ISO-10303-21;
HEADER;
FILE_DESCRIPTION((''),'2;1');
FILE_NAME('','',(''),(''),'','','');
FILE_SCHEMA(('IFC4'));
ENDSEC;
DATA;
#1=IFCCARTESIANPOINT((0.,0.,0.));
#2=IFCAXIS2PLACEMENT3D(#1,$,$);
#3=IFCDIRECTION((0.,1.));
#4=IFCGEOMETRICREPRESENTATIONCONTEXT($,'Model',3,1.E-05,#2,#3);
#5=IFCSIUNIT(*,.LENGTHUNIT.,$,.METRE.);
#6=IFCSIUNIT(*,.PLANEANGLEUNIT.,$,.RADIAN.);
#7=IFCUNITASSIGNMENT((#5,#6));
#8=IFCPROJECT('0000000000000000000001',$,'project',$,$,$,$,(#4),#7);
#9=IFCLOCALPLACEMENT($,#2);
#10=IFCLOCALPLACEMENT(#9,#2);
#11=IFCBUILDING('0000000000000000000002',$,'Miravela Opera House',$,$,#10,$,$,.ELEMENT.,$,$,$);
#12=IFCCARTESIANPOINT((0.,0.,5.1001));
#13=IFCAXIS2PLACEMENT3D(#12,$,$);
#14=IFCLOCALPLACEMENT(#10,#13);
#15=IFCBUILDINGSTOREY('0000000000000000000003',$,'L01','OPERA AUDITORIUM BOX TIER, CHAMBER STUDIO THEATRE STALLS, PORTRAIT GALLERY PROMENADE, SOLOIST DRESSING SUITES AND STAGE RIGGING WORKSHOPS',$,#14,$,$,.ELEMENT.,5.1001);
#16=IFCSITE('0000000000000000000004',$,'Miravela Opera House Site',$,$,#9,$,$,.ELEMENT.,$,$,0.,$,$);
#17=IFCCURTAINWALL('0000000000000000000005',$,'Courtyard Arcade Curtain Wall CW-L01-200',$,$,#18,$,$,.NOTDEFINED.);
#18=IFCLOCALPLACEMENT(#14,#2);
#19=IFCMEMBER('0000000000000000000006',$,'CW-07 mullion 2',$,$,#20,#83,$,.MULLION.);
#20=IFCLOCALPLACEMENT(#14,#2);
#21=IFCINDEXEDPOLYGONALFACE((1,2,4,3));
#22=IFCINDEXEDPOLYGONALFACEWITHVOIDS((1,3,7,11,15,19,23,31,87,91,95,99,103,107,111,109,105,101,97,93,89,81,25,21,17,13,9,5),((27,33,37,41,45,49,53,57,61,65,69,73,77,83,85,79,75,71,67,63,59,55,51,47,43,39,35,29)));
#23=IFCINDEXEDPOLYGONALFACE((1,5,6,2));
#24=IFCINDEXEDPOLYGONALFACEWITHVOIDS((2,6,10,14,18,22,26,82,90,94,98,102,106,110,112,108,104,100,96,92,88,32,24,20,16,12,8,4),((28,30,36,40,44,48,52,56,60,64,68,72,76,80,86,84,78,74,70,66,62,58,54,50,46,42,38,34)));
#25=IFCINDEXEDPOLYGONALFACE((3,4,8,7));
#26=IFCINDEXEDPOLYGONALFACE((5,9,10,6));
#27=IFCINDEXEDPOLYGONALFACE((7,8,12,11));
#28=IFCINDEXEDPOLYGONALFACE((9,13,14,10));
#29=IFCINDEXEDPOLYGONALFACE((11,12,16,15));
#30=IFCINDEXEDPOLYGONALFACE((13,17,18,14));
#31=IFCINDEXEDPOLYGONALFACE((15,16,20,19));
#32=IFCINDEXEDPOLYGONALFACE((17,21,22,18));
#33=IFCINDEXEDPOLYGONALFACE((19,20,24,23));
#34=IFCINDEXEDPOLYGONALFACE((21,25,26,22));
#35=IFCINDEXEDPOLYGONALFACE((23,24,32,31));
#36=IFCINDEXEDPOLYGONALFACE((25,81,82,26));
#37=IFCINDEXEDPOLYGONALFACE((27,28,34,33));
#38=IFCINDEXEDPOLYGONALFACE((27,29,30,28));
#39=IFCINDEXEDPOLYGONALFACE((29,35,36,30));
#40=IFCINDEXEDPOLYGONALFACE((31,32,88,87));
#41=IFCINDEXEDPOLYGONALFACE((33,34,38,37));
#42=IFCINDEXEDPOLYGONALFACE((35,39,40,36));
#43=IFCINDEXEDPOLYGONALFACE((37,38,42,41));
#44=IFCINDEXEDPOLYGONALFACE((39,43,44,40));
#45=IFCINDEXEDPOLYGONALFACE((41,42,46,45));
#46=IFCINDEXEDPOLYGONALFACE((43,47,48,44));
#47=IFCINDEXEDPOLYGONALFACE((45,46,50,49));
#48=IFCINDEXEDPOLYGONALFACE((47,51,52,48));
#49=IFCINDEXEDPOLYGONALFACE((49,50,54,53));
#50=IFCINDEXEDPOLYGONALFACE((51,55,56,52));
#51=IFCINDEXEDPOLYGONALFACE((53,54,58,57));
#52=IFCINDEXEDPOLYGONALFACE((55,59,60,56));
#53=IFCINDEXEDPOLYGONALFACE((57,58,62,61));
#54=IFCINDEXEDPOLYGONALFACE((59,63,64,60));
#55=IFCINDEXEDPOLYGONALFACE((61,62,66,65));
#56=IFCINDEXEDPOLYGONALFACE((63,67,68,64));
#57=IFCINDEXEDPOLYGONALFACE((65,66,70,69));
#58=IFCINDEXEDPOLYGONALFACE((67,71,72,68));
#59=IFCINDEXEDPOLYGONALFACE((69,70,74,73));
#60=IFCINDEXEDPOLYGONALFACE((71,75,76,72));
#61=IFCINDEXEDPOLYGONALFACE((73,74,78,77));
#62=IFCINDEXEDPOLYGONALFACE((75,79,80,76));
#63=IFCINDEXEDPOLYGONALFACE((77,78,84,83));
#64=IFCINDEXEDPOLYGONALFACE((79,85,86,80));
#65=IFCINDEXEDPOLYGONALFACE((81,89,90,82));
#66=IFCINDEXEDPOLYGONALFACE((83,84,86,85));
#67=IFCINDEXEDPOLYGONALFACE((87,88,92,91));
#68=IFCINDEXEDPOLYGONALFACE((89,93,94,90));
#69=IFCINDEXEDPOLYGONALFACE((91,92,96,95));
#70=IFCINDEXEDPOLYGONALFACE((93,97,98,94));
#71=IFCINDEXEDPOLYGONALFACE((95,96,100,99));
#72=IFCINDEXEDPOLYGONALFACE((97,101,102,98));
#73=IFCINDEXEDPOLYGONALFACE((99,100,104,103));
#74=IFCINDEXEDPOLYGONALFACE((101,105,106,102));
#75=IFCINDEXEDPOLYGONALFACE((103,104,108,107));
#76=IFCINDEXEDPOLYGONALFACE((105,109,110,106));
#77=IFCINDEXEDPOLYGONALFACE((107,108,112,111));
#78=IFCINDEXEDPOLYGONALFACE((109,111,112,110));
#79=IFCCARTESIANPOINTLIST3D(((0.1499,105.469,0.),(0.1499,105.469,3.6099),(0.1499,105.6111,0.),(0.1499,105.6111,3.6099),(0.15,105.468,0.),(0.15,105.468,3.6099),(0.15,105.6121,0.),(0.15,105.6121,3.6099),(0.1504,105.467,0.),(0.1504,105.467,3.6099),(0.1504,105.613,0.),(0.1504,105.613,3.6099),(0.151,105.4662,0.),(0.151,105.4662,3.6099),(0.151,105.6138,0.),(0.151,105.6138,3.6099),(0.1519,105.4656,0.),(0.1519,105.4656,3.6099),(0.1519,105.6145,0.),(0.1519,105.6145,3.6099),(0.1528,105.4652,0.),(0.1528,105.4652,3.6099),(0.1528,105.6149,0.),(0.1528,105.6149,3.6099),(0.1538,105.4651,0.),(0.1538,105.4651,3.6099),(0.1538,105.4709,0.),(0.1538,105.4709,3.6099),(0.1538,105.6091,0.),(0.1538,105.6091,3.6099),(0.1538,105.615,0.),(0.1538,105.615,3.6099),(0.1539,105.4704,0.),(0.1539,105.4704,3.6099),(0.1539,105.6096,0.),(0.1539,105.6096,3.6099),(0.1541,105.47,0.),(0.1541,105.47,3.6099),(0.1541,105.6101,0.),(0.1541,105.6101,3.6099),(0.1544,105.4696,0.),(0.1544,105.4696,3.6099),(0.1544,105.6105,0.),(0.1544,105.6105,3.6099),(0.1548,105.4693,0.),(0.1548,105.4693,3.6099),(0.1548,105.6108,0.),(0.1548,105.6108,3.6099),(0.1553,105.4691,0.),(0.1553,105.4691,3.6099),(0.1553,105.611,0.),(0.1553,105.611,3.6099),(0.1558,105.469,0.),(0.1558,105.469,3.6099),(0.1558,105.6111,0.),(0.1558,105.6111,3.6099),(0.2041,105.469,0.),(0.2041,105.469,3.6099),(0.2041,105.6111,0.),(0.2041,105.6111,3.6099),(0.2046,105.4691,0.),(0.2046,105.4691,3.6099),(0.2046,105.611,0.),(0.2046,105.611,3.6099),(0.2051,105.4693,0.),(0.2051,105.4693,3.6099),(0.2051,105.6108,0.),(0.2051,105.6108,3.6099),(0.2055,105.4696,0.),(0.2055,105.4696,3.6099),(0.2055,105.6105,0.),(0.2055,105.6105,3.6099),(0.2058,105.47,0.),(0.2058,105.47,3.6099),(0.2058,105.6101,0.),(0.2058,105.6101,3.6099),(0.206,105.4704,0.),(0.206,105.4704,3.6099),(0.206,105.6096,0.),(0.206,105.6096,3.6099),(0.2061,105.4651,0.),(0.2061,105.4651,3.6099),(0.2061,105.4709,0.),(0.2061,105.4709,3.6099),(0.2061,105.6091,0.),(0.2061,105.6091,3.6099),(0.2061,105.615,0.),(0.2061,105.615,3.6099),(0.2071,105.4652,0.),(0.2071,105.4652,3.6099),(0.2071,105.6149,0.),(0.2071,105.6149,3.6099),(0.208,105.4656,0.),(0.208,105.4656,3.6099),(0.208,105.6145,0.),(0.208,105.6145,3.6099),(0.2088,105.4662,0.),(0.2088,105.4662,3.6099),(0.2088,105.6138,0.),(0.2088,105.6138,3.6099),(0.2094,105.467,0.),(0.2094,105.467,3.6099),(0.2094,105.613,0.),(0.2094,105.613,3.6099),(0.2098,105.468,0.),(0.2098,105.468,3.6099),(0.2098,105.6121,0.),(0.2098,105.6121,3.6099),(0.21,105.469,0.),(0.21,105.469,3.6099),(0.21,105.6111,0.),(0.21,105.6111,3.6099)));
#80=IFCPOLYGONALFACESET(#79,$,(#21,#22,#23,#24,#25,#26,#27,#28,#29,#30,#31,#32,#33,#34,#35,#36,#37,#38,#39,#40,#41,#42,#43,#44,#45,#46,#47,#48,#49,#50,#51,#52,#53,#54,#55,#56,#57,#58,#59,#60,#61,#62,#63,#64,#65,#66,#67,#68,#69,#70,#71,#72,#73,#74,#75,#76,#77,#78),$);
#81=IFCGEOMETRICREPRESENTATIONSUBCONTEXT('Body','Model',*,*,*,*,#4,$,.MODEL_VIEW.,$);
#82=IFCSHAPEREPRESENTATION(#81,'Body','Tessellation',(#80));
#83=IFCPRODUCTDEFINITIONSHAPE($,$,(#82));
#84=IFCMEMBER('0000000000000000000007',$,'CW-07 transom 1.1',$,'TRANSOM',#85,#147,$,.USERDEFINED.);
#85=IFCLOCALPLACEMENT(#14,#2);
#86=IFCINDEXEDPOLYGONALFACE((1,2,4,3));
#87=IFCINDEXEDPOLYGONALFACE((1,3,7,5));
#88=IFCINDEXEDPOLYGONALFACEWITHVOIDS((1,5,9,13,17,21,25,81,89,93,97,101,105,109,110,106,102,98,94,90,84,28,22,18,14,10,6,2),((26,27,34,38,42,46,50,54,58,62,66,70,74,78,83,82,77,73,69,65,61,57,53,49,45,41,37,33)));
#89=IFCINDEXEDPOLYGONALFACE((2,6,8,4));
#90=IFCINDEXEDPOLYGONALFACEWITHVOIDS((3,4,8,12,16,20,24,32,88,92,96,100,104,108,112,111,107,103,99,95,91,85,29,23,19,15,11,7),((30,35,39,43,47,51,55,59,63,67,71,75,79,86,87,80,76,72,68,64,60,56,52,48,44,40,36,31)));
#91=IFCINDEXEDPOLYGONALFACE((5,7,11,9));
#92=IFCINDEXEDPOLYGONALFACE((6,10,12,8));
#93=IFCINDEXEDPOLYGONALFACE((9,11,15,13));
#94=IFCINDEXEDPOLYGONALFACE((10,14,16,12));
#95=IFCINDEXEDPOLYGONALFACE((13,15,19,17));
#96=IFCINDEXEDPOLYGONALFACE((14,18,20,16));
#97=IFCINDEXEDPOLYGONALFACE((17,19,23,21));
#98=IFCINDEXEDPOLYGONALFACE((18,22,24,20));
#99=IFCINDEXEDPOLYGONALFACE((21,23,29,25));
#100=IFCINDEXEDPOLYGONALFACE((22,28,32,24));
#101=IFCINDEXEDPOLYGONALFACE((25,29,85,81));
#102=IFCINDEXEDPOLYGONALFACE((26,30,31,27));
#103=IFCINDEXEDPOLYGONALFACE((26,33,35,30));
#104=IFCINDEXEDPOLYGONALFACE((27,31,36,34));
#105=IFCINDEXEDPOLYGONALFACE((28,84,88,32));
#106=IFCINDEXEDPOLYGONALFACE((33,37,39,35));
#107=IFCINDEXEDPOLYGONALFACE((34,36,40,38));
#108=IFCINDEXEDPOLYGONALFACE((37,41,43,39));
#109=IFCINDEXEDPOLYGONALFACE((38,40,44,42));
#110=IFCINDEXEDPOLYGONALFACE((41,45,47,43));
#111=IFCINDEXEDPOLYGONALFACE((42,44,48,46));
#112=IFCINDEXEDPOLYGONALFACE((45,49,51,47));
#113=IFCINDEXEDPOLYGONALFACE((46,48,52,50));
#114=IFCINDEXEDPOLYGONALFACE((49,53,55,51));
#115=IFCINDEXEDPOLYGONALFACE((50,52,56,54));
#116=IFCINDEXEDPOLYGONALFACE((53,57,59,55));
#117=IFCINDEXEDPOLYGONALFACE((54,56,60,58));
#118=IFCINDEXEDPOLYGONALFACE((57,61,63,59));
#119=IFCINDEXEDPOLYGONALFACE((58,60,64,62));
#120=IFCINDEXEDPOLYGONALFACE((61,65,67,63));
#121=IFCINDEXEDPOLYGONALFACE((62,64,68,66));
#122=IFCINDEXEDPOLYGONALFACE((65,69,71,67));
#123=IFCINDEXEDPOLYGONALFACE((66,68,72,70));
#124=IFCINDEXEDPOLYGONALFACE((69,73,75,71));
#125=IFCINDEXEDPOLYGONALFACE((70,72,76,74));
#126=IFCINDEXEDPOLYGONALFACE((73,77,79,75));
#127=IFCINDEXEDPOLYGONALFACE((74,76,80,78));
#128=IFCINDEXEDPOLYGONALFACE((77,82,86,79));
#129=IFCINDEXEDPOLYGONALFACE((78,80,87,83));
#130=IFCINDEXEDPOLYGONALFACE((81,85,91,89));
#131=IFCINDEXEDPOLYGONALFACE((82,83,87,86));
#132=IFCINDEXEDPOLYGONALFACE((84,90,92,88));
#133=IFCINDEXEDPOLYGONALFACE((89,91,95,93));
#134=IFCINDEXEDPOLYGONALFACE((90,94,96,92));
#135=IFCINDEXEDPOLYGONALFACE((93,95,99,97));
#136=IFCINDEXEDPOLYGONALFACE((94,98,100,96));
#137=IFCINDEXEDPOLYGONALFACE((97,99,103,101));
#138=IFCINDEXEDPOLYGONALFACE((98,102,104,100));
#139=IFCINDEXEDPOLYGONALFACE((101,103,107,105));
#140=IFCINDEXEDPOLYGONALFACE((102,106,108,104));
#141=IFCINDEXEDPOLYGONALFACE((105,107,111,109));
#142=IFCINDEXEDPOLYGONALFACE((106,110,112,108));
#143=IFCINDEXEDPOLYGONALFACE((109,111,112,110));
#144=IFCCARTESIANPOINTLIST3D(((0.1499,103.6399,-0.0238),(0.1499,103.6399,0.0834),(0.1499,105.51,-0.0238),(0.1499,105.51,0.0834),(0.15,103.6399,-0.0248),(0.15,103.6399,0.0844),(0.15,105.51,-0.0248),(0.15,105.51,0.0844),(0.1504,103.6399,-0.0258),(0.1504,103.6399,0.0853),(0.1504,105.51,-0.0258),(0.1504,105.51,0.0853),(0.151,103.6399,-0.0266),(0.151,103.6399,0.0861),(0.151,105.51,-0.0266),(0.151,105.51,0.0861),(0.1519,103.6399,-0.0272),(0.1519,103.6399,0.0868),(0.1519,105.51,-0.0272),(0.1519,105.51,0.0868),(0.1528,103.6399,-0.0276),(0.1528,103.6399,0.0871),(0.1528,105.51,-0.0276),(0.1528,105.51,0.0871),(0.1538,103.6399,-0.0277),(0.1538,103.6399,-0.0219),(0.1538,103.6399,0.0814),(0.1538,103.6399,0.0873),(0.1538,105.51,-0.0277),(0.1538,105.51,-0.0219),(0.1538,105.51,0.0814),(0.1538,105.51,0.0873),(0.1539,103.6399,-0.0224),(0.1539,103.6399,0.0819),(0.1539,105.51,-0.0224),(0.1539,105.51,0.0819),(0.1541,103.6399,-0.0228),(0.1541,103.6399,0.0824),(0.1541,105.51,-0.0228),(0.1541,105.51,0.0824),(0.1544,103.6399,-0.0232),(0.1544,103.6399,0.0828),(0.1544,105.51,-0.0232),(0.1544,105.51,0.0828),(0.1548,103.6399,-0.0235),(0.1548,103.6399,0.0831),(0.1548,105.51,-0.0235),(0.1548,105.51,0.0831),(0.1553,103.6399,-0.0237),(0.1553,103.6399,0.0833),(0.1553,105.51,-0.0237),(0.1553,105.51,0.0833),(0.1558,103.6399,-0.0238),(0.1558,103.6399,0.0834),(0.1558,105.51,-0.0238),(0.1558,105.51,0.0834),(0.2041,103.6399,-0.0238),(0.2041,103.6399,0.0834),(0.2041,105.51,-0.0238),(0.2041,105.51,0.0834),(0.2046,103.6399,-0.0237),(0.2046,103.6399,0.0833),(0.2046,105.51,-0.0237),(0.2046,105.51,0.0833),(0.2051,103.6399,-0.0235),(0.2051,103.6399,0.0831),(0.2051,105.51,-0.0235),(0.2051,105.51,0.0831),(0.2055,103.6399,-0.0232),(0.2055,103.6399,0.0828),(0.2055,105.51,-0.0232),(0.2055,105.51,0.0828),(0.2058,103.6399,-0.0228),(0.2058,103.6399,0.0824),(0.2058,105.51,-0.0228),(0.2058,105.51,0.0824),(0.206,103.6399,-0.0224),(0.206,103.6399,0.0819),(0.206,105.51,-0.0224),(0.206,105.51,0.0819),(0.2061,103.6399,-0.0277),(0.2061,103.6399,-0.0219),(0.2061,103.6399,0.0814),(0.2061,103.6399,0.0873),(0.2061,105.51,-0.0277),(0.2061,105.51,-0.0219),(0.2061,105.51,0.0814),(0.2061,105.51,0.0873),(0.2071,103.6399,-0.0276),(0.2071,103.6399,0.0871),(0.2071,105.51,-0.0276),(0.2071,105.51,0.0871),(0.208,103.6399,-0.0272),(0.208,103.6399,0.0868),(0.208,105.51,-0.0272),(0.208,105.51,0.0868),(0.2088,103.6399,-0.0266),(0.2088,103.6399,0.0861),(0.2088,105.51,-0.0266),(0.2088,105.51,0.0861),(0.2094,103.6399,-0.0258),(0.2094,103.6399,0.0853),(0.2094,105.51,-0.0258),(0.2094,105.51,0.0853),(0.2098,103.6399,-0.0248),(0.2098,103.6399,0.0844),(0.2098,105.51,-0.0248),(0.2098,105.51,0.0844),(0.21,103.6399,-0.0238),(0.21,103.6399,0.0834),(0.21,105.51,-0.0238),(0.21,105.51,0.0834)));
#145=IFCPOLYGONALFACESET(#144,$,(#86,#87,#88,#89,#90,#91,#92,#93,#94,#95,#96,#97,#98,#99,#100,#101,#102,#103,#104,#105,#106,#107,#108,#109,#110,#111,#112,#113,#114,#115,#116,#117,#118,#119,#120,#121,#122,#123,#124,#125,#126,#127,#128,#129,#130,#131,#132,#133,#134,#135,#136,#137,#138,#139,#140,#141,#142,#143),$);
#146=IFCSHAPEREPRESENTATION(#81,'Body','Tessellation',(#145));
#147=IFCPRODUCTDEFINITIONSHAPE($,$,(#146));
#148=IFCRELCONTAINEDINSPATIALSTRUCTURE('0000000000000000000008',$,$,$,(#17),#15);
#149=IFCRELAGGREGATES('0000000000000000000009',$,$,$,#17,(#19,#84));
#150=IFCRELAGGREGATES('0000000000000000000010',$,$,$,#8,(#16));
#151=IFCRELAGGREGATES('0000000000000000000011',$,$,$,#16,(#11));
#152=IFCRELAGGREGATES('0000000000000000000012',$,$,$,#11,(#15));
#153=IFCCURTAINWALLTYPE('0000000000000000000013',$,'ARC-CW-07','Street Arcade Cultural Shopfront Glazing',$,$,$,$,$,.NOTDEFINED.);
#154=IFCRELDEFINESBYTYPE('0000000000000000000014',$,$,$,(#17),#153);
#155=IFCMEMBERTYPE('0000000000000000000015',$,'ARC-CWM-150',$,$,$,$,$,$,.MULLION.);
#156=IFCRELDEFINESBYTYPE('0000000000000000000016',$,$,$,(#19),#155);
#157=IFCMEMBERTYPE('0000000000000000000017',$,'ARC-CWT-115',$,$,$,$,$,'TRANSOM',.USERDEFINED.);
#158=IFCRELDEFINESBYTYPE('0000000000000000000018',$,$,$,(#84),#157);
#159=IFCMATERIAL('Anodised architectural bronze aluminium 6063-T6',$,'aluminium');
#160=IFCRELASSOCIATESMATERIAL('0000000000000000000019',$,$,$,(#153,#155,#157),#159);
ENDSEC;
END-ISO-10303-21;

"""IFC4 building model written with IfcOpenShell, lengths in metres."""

from ifc_helpers import new_model, si_unit, direction, frame, origin, origin_2d, place, context, subcontext, project, spatial, hollow_rectangle, extrude, material, material_profile, profile_set, type_object, element, aggregate, save


model = new_model("IFC4")

# Units and contexts
model_context = context("Model", 3, precision=1e-05, world=origin(), true_north=direction((0.0, 1.0)))
body_context = subcontext(model_context, "Body", "Model", "MODEL_VIEW")
ifc_project = project(units=[si_unit("LENGTHUNIT", "METRE"), si_unit("PLANEANGLEUNIT", "RADIAN")], contexts=[model_context])

# Site, building, storey
site_placement = place(None, origin())
site = spatial("IfcSite", under=ifc_project, at=site_placement, Name="Miravela Opera House Site", CompositionType="ELEMENT", RefElevation=0.0)
building_placement = place(site_placement, origin())
building = spatial("IfcBuilding", under=site, at=building_placement, Name="Miravela Opera House", CompositionType="ELEMENT")
storey_placement = place(building_placement, frame((0.0, 0.0, 5.1001)))
storey = spatial("IfcBuildingStorey", under=building, at=storey_placement, Name="L01", Description="OPERA AUDITORIUM BOX TIER, CHAMBER STUDIO THEATRE STALLS, PORTRAIT GALLERY PROMENADE, SOLOIST DRESSING SUITES AND STAGE RIGGING WORKSHOPS", CompositionType="ELEMENT", Elevation=5.1001)

# Shared definitions
ifc_material_1 = material(Name="Anodised architectural bronze aluminium 6063-T6", Category="aluminium")
curtain_wall_type = type_object("IfcCurtainWallType", Name="ARC-CW-07", Description="Street Arcade Cultural Shopfront Glazing", PredefinedType="NOTDEFINED", material=ifc_material_1)
ifc_material_profile_1 = material_profile(ifc_material_1, hollow_rectangle(XDim=0.0601, YDim=0.1499, WallThickness=0.0039, InnerFilletRadius=0.002, OuterFilletRadius=0.0039, at=origin_2d()), Name="CWM-60X150")
ifc_profile_set_1 = profile_set([ifc_material_profile_1])
member_type_1 = type_object("IfcMemberType", Name="ARC-CWM-150", PredefinedType="MULLION", material=ifc_profile_set_1)

# Curtain wall, members
curtain_wall_1_placement = place(storey_placement, origin())
curtain_wall_1 = element("IfcCurtainWall", 1, at=curtain_wall_1_placement, inside=storey, type_object=curtain_wall_type, Name="Courtyard Arcade Curtain Wall CW-L01-200", PredefinedType="NOTDEFINED")
member_1_placement = place(storey_placement, frame((0.1799, 105.54, 0.0), z_axis=(0.0, 0.0, 1.0), x_axis=(-1.0, 0.0, 0.0)))
member_1 = element("IfcMember", 2, at=member_1_placement, type_object=member_type_1, Name="CW-07 mullion 2", PredefinedType="MULLION", context=body_context, shape_type="SweptSolid", body=[
    extrude(hollow_rectangle(XDim=0.0601, YDim=0.1499, WallThickness=0.0039, InnerFilletRadius=0.002, OuterFilletRadius=0.0039, at=origin_2d()), origin(), (0.0, 0.0, 1.0), 3.6099),
])
ifc_material_profile_2 = material_profile(ifc_material_1, hollow_rectangle(XDim=0.0601, YDim=0.115, WallThickness=0.0039, InnerFilletRadius=0.002, OuterFilletRadius=0.0039, at=origin_2d()), Name="CWT-60X115")
ifc_profile_set_2 = profile_set([ifc_material_profile_2])
member_type_2 = type_object("IfcMemberType", Name="ARC-CWT-115", ElementType="TRANSOM", PredefinedType="USERDEFINED", material=ifc_profile_set_2)
member_2_placement = place(storey_placement, frame((0.1799, 103.6399, 0.0298), z_axis=(0.0, 1.0, 0.0), x_axis=(-1.0, 0.0, 0.0)))
member_2 = element("IfcMember", 3, at=member_2_placement, type_object=member_type_2, Name="CW-07 transom 1.1", ObjectType="TRANSOM", PredefinedType="USERDEFINED", context=body_context, shape_type="SweptSolid", body=[
    extrude(hollow_rectangle(XDim=0.0601, YDim=0.115, WallThickness=0.0039, InnerFilletRadius=0.002, OuterFilletRadius=0.0039, at=origin_2d()), origin(), (0.0, 0.0, 1.0), 1.8701),
])

aggregate(curtain_wall_1, [member_1, member_2])

save(model, "model.ifc")
